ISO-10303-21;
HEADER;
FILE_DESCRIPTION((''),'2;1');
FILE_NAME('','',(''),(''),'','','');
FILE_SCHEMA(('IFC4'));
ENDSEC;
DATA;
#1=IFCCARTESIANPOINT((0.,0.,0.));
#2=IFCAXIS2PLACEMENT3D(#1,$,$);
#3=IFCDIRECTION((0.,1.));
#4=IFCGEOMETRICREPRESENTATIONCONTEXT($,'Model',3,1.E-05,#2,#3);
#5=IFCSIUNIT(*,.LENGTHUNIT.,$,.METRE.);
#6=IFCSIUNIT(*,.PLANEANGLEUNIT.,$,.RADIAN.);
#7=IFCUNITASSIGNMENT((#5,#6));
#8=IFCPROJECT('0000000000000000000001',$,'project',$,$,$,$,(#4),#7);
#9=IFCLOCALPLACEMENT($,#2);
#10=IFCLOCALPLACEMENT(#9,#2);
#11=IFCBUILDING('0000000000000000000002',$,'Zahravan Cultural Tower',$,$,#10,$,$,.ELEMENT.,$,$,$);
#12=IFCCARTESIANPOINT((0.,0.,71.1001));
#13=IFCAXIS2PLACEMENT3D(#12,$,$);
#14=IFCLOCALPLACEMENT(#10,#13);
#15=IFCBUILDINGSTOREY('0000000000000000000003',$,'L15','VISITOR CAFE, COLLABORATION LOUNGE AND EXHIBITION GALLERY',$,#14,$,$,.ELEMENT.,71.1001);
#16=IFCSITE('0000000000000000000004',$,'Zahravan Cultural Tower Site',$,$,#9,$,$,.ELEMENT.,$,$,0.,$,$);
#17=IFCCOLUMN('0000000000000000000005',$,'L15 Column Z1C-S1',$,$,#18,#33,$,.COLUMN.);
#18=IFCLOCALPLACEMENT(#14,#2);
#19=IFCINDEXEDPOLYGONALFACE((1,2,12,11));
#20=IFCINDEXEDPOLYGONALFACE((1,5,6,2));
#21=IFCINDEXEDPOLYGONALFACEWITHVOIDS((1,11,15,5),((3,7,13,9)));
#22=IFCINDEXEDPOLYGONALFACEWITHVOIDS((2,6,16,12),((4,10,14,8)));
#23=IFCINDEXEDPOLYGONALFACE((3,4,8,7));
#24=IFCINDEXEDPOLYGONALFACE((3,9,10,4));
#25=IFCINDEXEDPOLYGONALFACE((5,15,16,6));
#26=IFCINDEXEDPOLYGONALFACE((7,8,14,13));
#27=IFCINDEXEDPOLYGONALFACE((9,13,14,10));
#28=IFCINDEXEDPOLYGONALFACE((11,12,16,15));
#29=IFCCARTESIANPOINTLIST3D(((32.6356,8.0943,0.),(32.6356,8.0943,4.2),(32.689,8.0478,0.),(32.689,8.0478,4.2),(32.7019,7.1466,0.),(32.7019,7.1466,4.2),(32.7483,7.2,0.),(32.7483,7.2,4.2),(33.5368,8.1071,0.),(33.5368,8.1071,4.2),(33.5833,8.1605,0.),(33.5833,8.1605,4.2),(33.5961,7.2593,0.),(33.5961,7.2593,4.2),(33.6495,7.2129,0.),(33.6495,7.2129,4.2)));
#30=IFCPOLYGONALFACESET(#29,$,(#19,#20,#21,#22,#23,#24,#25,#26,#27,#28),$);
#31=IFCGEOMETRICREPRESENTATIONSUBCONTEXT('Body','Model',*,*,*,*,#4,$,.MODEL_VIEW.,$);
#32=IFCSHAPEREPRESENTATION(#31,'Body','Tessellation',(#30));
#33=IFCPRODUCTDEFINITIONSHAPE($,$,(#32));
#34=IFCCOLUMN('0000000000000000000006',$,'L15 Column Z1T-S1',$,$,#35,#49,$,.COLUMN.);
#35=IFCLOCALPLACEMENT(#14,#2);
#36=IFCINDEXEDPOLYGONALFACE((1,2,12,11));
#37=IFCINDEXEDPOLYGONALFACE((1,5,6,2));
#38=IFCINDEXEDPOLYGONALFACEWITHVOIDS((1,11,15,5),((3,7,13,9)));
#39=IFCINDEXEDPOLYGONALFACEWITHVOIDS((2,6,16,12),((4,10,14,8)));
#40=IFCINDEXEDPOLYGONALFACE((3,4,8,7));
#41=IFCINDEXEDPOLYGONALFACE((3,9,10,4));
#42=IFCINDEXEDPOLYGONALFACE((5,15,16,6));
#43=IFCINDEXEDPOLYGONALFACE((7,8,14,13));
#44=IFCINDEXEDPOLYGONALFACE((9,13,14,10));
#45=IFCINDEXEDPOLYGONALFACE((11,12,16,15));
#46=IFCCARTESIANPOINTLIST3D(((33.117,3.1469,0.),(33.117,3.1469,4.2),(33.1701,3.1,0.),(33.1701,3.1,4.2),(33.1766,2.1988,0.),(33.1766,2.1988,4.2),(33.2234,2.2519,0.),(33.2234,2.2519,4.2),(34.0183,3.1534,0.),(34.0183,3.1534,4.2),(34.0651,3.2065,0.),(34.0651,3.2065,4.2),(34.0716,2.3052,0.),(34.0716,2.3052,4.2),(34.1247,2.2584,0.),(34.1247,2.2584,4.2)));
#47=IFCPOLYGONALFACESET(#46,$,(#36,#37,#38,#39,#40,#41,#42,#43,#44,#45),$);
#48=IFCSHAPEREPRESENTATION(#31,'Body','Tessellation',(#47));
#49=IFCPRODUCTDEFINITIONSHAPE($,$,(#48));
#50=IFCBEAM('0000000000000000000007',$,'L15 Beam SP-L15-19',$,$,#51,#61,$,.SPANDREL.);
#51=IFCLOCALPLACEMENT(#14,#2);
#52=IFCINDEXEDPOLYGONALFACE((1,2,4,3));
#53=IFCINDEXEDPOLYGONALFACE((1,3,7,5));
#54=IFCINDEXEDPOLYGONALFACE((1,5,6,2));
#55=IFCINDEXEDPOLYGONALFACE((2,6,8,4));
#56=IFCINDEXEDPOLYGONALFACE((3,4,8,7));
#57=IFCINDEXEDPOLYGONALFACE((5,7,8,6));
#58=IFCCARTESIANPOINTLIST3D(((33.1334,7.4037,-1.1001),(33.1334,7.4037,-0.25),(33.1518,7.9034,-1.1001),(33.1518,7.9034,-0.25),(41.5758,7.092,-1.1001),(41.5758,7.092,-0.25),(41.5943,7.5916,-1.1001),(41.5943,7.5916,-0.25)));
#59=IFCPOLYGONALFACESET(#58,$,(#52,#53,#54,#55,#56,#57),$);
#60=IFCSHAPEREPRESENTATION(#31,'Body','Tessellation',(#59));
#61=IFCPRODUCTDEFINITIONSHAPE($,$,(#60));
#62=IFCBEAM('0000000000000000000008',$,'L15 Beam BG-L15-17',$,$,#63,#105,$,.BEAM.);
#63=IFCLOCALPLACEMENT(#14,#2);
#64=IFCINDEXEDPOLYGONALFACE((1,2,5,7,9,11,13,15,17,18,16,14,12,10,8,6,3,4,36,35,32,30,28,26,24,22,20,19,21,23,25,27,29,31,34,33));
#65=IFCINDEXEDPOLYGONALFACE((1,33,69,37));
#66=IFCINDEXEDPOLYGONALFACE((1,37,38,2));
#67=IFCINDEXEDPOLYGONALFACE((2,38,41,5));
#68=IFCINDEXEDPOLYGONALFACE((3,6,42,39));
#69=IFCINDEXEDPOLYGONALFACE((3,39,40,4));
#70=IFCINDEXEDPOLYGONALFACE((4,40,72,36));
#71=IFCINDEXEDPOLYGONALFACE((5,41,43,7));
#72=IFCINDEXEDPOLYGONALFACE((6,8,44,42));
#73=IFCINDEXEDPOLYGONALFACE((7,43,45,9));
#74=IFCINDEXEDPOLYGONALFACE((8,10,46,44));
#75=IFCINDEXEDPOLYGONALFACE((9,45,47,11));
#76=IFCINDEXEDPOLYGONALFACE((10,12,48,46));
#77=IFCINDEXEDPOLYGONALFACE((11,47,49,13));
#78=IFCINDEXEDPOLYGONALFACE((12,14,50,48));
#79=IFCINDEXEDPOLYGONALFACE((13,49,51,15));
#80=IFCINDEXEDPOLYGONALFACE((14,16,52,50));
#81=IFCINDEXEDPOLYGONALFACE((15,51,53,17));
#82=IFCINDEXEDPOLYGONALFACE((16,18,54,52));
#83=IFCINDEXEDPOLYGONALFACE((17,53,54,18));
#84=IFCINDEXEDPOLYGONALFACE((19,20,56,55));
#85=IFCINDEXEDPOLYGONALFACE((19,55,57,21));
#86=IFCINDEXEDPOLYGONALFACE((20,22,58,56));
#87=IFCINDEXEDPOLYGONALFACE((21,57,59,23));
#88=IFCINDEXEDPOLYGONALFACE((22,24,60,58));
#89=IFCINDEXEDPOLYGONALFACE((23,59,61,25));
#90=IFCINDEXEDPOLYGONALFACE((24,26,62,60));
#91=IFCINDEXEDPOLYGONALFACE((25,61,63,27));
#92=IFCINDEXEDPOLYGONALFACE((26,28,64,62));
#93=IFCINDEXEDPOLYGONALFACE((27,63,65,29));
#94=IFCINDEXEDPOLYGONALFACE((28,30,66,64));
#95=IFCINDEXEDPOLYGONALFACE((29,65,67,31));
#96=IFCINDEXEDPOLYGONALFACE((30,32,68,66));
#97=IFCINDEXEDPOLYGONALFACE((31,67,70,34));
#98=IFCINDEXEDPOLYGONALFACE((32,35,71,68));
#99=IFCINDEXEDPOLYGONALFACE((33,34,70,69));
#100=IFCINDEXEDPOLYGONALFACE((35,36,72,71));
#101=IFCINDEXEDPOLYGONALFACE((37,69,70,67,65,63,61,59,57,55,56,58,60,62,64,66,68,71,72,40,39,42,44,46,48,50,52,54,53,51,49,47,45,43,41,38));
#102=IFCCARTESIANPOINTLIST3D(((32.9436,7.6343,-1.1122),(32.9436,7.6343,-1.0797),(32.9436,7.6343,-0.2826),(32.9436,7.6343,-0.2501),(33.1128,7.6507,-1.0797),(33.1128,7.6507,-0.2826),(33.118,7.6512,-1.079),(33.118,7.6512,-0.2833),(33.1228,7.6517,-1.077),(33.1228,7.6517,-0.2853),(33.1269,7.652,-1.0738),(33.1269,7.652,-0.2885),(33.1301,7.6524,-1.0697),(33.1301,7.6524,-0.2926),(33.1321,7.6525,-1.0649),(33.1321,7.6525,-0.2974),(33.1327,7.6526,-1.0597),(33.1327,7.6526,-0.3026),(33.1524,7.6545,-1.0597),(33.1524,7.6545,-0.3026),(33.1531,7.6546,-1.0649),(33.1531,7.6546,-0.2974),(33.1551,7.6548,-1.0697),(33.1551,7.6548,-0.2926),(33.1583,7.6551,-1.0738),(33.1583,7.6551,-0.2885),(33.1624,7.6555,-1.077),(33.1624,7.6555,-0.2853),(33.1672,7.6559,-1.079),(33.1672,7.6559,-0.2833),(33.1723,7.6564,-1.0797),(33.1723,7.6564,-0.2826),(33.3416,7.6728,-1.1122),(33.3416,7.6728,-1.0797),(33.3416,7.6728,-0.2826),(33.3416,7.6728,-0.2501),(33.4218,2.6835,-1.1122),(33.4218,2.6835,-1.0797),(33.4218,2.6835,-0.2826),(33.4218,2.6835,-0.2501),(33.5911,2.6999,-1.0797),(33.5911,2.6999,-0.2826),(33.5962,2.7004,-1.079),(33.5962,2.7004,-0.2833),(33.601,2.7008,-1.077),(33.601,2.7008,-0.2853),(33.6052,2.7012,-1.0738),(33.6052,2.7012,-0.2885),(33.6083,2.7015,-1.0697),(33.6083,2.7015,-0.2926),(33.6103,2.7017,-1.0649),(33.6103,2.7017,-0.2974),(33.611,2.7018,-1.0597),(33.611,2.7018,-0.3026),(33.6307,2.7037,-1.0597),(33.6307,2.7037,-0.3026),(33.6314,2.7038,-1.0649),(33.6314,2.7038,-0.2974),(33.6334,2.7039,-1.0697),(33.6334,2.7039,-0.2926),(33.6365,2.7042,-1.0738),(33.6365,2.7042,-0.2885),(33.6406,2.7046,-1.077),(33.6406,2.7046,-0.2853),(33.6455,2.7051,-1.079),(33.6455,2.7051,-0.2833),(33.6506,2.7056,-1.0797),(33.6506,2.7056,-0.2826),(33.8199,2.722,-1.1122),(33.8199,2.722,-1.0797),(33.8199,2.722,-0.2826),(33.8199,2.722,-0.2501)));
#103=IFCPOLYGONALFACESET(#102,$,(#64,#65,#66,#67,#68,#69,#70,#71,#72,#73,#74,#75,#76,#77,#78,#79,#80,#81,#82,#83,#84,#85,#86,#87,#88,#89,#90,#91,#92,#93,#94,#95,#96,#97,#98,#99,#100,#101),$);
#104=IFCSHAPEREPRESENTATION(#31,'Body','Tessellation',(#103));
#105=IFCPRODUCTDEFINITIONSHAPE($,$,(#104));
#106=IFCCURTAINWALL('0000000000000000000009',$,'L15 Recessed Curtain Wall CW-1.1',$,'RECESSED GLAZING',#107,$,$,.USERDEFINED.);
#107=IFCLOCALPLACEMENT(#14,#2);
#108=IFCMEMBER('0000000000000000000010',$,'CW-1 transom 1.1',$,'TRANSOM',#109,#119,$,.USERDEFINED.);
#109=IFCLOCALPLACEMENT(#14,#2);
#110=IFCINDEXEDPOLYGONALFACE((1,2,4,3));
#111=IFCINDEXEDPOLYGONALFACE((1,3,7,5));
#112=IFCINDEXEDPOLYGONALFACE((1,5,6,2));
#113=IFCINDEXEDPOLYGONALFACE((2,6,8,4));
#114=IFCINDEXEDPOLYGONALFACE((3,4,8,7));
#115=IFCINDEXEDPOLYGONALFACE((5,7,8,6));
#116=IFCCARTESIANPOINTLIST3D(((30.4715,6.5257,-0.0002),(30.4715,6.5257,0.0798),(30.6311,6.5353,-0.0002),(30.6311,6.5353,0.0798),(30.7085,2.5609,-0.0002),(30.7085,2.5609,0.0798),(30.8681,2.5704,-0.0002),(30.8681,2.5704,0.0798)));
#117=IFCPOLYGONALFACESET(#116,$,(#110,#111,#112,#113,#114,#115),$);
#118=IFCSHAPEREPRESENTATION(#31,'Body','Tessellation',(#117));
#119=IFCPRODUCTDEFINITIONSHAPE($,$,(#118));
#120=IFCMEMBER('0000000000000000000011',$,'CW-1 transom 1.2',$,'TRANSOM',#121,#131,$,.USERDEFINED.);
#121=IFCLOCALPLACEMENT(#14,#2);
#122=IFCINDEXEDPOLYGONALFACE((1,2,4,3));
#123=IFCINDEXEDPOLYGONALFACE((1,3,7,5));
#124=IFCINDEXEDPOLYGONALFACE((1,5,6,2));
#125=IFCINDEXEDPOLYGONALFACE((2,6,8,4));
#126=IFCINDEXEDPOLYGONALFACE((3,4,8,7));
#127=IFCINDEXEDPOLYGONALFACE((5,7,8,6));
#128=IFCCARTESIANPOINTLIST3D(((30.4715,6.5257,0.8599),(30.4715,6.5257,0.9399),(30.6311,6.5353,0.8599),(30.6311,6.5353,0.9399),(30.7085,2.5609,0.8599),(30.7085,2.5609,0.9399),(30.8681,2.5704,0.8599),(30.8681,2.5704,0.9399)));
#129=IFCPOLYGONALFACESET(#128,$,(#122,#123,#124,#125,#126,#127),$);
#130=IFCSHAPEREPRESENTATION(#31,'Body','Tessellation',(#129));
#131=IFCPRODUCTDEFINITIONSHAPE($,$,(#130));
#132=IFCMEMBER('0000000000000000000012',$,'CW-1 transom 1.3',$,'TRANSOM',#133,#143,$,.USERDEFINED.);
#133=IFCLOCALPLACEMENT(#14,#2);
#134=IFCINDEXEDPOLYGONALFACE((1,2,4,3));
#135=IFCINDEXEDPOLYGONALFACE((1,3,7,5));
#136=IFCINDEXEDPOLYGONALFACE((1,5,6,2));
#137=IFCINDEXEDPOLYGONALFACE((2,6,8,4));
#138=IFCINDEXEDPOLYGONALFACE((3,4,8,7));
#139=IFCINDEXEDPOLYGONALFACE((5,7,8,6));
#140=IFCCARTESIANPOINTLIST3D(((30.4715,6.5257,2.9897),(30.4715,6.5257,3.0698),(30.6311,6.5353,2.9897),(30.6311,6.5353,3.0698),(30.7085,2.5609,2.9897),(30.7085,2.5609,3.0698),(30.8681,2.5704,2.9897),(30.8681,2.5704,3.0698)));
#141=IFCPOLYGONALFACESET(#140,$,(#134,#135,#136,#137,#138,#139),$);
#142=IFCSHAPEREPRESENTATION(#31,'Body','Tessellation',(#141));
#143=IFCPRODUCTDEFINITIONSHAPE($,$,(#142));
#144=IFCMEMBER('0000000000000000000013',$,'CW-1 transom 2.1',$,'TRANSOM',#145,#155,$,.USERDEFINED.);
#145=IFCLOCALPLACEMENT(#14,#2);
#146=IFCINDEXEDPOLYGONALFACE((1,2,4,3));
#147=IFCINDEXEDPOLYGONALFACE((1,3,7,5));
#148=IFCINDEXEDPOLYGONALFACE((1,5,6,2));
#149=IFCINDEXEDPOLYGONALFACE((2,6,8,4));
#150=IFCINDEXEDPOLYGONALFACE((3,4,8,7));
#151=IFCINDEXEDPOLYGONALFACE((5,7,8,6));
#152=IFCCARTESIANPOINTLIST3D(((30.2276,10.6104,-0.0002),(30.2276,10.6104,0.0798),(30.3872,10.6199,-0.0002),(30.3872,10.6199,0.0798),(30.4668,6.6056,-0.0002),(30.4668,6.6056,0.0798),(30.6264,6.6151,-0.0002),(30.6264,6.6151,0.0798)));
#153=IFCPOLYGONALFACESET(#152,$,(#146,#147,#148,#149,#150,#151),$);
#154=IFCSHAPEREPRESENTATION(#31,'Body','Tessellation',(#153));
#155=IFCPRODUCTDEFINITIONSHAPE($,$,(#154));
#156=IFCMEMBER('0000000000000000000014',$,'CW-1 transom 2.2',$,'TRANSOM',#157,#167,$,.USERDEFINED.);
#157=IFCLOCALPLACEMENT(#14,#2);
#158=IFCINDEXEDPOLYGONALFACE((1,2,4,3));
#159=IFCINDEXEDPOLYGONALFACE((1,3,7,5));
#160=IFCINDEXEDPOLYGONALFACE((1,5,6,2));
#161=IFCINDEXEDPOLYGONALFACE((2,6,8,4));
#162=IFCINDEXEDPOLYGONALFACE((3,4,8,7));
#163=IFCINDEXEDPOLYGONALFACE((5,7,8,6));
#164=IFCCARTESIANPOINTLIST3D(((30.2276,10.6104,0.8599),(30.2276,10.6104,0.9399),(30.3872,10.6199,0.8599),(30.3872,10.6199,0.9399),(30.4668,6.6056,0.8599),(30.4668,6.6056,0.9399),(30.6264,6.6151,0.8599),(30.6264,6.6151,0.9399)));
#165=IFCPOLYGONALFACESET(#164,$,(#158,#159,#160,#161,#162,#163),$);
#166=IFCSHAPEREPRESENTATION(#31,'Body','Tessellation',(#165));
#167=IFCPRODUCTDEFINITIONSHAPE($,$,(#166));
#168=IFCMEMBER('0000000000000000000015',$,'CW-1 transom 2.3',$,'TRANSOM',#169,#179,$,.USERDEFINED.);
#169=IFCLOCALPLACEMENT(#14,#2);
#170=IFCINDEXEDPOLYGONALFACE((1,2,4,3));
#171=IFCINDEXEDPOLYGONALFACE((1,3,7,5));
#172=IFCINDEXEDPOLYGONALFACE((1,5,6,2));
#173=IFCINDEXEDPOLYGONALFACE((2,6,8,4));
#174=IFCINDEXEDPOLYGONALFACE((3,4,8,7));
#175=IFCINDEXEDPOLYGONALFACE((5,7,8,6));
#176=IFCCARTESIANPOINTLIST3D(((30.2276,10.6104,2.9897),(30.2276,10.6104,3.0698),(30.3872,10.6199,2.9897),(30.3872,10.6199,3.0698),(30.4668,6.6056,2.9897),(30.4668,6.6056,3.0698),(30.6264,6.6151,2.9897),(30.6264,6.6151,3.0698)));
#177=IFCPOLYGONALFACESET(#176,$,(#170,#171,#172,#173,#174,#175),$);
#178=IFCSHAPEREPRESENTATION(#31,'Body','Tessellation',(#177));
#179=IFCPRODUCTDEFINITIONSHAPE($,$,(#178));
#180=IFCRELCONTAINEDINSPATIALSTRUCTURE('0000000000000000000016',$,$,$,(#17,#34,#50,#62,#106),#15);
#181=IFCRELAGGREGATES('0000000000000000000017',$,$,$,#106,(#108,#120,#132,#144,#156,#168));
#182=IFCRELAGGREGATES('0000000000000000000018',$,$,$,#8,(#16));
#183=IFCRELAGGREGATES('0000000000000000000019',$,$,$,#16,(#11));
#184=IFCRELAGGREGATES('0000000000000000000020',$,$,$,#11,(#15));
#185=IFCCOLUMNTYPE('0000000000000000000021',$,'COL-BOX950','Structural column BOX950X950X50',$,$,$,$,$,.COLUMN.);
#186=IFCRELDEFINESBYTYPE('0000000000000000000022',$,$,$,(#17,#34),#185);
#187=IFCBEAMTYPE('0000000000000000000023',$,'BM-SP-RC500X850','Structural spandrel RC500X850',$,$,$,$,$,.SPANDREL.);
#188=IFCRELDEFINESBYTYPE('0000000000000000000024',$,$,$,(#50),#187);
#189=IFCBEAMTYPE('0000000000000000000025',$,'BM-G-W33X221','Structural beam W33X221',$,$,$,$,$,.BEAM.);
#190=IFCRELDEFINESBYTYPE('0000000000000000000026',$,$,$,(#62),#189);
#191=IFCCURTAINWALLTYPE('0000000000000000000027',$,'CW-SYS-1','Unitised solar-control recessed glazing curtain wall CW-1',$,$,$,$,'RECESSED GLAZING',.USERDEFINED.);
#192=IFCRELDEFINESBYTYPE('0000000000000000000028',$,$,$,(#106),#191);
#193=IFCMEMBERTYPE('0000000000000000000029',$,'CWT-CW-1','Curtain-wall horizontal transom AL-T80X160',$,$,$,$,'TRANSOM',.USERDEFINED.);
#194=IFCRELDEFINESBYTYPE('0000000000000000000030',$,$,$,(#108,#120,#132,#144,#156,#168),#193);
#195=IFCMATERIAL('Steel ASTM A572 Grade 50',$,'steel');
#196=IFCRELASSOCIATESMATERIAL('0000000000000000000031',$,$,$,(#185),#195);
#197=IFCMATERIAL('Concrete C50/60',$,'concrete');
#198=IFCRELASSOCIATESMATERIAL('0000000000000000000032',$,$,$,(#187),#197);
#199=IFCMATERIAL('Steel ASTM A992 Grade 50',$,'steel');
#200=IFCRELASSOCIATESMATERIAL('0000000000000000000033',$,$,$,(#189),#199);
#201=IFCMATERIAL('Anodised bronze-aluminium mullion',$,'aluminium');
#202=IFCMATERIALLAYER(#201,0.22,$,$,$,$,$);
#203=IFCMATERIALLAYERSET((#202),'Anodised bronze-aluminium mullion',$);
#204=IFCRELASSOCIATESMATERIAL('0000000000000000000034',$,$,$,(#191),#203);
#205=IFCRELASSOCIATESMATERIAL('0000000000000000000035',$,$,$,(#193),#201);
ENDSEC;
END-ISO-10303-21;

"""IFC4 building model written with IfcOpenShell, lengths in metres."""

from ifc_helpers import new_model, si_unit, direction, frame, origin, origin_2d, place, context, subcontext, project, spatial, rectangle, hollow_rectangle, i_section, extrude, source, transform, mapped, material, layer, layer_set, material_profile, profile_set, type_object, element, aggregate, save


model = new_model("IFC4")

# Units and contexts
model_context = context("Model", 3, precision=1e-05, world=origin(), true_north=direction((0.0, 1.0)))
body_context = subcontext(model_context, "Body", "Model", "MODEL_VIEW")
ifc_project = project(units=[si_unit("LENGTHUNIT", "METRE"), si_unit("PLANEANGLEUNIT", "RADIAN")], contexts=[model_context])

# Site, building, storey
site_placement = place(None, origin())
site = spatial("IfcSite", under=ifc_project, at=site_placement, Name="Zahravan Cultural Tower Site", CompositionType="ELEMENT", RefElevation=0.0)
building_placement = place(site_placement, origin())
building = spatial("IfcBuilding", under=site, at=building_placement, Name="Zahravan Cultural Tower", CompositionType="ELEMENT")
storey_placement = place(building_placement, frame((0.0, 0.0, 71.1001)))
storey = spatial("IfcBuildingStorey", under=building, at=storey_placement, Name="L15", Description="VISITOR CAFE, COLLABORATION LOUNGE AND EXHIBITION GALLERY", CompositionType="ELEMENT", Elevation=71.1001)

# Columns
ifc_material_1 = material(Name="Steel ASTM A572 Grade 50", Category="steel")
ifc_material_profile_1 = material_profile(ifc_material_1, hollow_rectangle(XDim=0.95, YDim=0.95, WallThickness=0.05, at=origin_2d()), Name="BOX950X950X50")
ifc_profile_set_1 = profile_set([ifc_material_profile_1], Name="Steel ASTM A572 Grade 50")
column_type = type_object("IfcColumnType", Name="COL-BOX950", Description="Structural column BOX950X950X50", PredefinedType="COLUMN", material=ifc_profile_set_1)
shared_shape_1 = source(origin(), body_context, "Body", "SweptSolid", [
    extrude(hollow_rectangle(XDim=0.95, YDim=0.95, WallThickness=0.05, at=origin_2d()), origin(), (0.0, 0.0, 1.0), 4.2),
])
for number, where, z_axis, x_axis, name in (
    (1, (33.1426, 7.6536, 0.0), (0.0, 0.0, 1.0), (-0.069756, 0.997564, 0.0), "L15 Column Z1C-S1"),
    (2, (33.6208, 2.7026, 0.0), (0.0, 0.0, 1.0), (-0.062791, 0.998027, 0.0), "L15 Column Z1T-S1"),
):
    element("IfcColumn", number, at=place(storey_placement, frame(where, z_axis=z_axis, x_axis=x_axis)), inside=storey, type_object=column_type, Name=name, PredefinedType="COLUMN", context=body_context, shape_type="MappedRepresentation", body=[
        mapped(shared_shape_1, transform((0.0, 0.0, 0.0), x_axis=(1.0, 0.0, 0.0), y_axis=(0.0, 1.0, 0.0), z_axis=(0.0, 0.0, 1.0), scale=1.0)),
    ])

# Beams
ifc_material_2 = material(Name="Concrete C50/60", Category="concrete")
ifc_material_profile_2 = material_profile(ifc_material_2, rectangle(XDim=0.5, YDim=0.8501, at=origin_2d()), Name="RC500X850")
ifc_profile_set_2 = profile_set([ifc_material_profile_2], Name="Concrete C50/60")
beam_type_1 = type_object("IfcBeamType", Name="BM-SP-RC500X850", Description="Structural spandrel RC500X850", PredefinedType="SPANDREL", material=ifc_profile_set_2)
shared_shape_2 = source(origin(), body_context, "Body", "SweptSolid", [
    extrude(rectangle(XDim=0.5, YDim=0.8501, at=origin_2d()), origin(), (0.0, 0.0, 1.0), 8.4482),
])
beam_1_placement = place(storey_placement, frame((33.1426, 7.6536, -0.675), z_axis=(0.999319, -0.036904, 0.0), x_axis=(0.036904, 0.999319, 0.0)))
element("IfcBeam", 3, at=beam_1_placement, inside=storey, type_object=beam_type_1, Name="L15 Beam SP-L15-19", PredefinedType="SPANDREL", context=body_context, shape_type="MappedRepresentation", body=[
    mapped(shared_shape_2, transform((0.0, 0.0, 0.0), x_axis=(1.0, 0.0, 0.0), y_axis=(0.0, 1.0, 0.0), z_axis=(0.0, 0.0, 1.0), scale=1.0)),
])
ifc_material_3 = material(Name="Steel ASTM A992 Grade 50", Category="steel")
ifc_material_profile_3 = material_profile(ifc_material_3, i_section(OverallWidth=0.3999, OverallDepth=0.8621, WebThickness=0.0198, FlangeThickness=0.0325, FilletRadius=0.02, at=origin_2d()), Name="W33X221")
ifc_profile_set_3 = profile_set([ifc_material_profile_3], Name="Steel ASTM A992 Grade 50")
beam_type_2 = type_object("IfcBeamType", Name="BM-G-W33X221", Description="Structural beam W33X221", PredefinedType="BEAM", material=ifc_profile_set_3)
shared_shape_3 = source(origin(), body_context, "Body", "SweptSolid", [
    extrude(i_section(OverallWidth=0.3999, OverallDepth=0.8621, WebThickness=0.0198, FlangeThickness=0.0325, FilletRadius=0.02, at=origin_2d()), origin(), (0.0, 0.0, 1.0), 4.9739),
])
beam_2_placement = place(storey_placement, frame((33.1426, 7.6536, -0.6812), z_axis=(0.096155, -0.995366, 0.0), x_axis=(0.995366, 0.096155, 0.0)))
element("IfcBeam", 4, at=beam_2_placement, inside=storey, type_object=beam_type_2, Name="L15 Beam BG-L15-17", PredefinedType="BEAM", context=body_context, shape_type="MappedRepresentation", body=[
    mapped(shared_shape_3, transform((0.0, 0.0, 0.0), x_axis=(1.0, 0.0, 0.0), y_axis=(0.0, 1.0, 0.0), z_axis=(0.0, 0.0, 1.0), scale=1.0)),
])

# Curtain wall, members
ifc_material_4 = material(Name="Anodised bronze-aluminium mullion", Category="aluminium")
ifc_layer_1 = layer(ifc_material_4, 0.22)
ifc_layer_set_1 = layer_set([ifc_layer_1], Name="Anodised bronze-aluminium mullion")
curtain_wall_type = type_object("IfcCurtainWallType", Name="CW-SYS-1", Description="Unitised solar-control recessed glazing curtain wall CW-1", ElementType="RECESSED GLAZING", PredefinedType="USERDEFINED", material=ifc_layer_set_1)
curtain_wall_placement = place(storey_placement, origin())
curtain_wall = element("IfcCurtainWall", 5, at=curtain_wall_placement, inside=storey, type_object=curtain_wall_type, Name="L15 Recessed Curtain Wall CW-1.1", ObjectType="RECESSED GLAZING", PredefinedType="USERDEFINED")
ifc_material_profile_4 = material_profile(ifc_material_4, rectangle(XDim=0.1599, YDim=0.0801, at=origin_2d()), Name="AL-T80X160")
ifc_profile_set_4 = profile_set([ifc_material_profile_4], Name="Anodised bronze-aluminium mullion")
member_type_1 = type_object("IfcMemberType", Name="CWT-CW-1", Description="Curtain-wall horizontal transom AL-T80X160", ElementType="TRANSOM", PredefinedType="USERDEFINED", material=ifc_profile_set_4)
shared_shape_4 = source(origin(), body_context, "Body", "SweptSolid", [
    extrude(rectangle(XDim=0.1599, YDim=0.0801, at=origin_2d()), origin(), (0.0, 0.0, 1.0), 3.9719),
])
member_1_placement = place(storey_placement, frame((30.7883, 2.5657, 0.0398), z_axis=(-0.059684, 0.998217, 0.0), x_axis=(-0.998217, -0.059684, 0.0)))
member_1 = element("IfcMember", 6, at=member_1_placement, type_object=member_type_1, Name="CW-1 transom 1.1", ObjectType="TRANSOM", PredefinedType="USERDEFINED", context=body_context, shape_type="MappedRepresentation", body=[
    mapped(shared_shape_4, transform((0.0, 0.0, 0.0), x_axis=(1.0, 0.0, 0.0), y_axis=(0.0, 1.0, 0.0), z_axis=(0.0, 0.0, 1.0), scale=1.0)),
])
member_2_placement = place(storey_placement, frame((30.7883, 2.5657, 0.8999), z_axis=(-0.059684, 0.998217, 0.0), x_axis=(-0.998217, -0.059684, 0.0)))
member_2 = element("IfcMember", 7, at=member_2_placement, type_object=member_type_1, Name="CW-1 transom 1.2", ObjectType="TRANSOM", PredefinedType="USERDEFINED", context=body_context, shape_type="MappedRepresentation", body=[
    mapped(shared_shape_4, transform((0.0, 0.0, 0.0), x_axis=(1.0, 0.0, 0.0), y_axis=(0.0, 1.0, 0.0), z_axis=(0.0, 0.0, 1.0), scale=1.0)),
])
member_3_placement = place(storey_placement, frame((30.7883, 2.5657, 3.0298), z_axis=(-0.059684, 0.998217, 0.0), x_axis=(-0.998217, -0.059684, 0.0)))
member_3 = element("IfcMember", 8, at=member_3_placement, type_object=member_type_1, Name="CW-1 transom 1.3", ObjectType="TRANSOM", PredefinedType="USERDEFINED", context=body_context, shape_type="MappedRepresentation", body=[
    mapped(shared_shape_4, transform((0.0, 0.0, 0.0), x_axis=(1.0, 0.0, 0.0), y_axis=(0.0, 1.0, 0.0), z_axis=(0.0, 0.0, 1.0), scale=1.0)),
])
shared_shape_5 = source(origin(), body_context, "Body", "SweptSolid", [
    extrude(rectangle(XDim=0.1599, YDim=0.0801, at=origin_2d()), origin(), (0.0, 0.0, 1.0), 4.012),
])
member_4_placement = place(storey_placement, frame((30.5466, 6.6104, 0.0398), z_axis=(-0.059635, 0.99822, 0.0), x_axis=(-0.99822, -0.059635, 0.0)))
member_4 = element("IfcMember", 9, at=member_4_placement, type_object=member_type_1, Name="CW-1 transom 2.1", ObjectType="TRANSOM", PredefinedType="USERDEFINED", context=body_context, shape_type="MappedRepresentation", body=[
    mapped(shared_shape_5, transform((0.0, 0.0, 0.0), x_axis=(1.0, 0.0, 0.0), y_axis=(0.0, 1.0, 0.0), z_axis=(0.0, 0.0, 1.0), scale=1.0)),
])
member_5_placement = place(storey_placement, frame((30.5466, 6.6104, 0.8999), z_axis=(-0.059635, 0.99822, 0.0), x_axis=(-0.99822, -0.059635, 0.0)))
member_5 = element("IfcMember", 10, at=member_5_placement, type_object=member_type_1, Name="CW-1 transom 2.2", ObjectType="TRANSOM", PredefinedType="USERDEFINED", context=body_context, shape_type="MappedRepresentation", body=[
    mapped(shared_shape_5, transform((0.0, 0.0, 0.0), x_axis=(1.0, 0.0, 0.0), y_axis=(0.0, 1.0, 0.0), z_axis=(0.0, 0.0, 1.0), scale=1.0)),
])
member_6_placement = place(storey_placement, frame((30.5466, 6.6104, 3.0298), z_axis=(-0.059635, 0.99822, 0.0), x_axis=(-0.99822, -0.059635, 0.0)))
member_6 = element("IfcMember", 11, at=member_6_placement, type_object=member_type_1, Name="CW-1 transom 2.3", ObjectType="TRANSOM", PredefinedType="USERDEFINED", context=body_context, shape_type="MappedRepresentation", body=[
    mapped(shared_shape_5, transform((0.0, 0.0, 0.0), x_axis=(1.0, 0.0, 0.0), y_axis=(0.0, 1.0, 0.0), z_axis=(0.0, 0.0, 1.0), scale=1.0)),
])
aggregate(curtain_wall, [member_1, member_2, member_3, member_4, member_5, member_6])

save(model, "model.ifc")
